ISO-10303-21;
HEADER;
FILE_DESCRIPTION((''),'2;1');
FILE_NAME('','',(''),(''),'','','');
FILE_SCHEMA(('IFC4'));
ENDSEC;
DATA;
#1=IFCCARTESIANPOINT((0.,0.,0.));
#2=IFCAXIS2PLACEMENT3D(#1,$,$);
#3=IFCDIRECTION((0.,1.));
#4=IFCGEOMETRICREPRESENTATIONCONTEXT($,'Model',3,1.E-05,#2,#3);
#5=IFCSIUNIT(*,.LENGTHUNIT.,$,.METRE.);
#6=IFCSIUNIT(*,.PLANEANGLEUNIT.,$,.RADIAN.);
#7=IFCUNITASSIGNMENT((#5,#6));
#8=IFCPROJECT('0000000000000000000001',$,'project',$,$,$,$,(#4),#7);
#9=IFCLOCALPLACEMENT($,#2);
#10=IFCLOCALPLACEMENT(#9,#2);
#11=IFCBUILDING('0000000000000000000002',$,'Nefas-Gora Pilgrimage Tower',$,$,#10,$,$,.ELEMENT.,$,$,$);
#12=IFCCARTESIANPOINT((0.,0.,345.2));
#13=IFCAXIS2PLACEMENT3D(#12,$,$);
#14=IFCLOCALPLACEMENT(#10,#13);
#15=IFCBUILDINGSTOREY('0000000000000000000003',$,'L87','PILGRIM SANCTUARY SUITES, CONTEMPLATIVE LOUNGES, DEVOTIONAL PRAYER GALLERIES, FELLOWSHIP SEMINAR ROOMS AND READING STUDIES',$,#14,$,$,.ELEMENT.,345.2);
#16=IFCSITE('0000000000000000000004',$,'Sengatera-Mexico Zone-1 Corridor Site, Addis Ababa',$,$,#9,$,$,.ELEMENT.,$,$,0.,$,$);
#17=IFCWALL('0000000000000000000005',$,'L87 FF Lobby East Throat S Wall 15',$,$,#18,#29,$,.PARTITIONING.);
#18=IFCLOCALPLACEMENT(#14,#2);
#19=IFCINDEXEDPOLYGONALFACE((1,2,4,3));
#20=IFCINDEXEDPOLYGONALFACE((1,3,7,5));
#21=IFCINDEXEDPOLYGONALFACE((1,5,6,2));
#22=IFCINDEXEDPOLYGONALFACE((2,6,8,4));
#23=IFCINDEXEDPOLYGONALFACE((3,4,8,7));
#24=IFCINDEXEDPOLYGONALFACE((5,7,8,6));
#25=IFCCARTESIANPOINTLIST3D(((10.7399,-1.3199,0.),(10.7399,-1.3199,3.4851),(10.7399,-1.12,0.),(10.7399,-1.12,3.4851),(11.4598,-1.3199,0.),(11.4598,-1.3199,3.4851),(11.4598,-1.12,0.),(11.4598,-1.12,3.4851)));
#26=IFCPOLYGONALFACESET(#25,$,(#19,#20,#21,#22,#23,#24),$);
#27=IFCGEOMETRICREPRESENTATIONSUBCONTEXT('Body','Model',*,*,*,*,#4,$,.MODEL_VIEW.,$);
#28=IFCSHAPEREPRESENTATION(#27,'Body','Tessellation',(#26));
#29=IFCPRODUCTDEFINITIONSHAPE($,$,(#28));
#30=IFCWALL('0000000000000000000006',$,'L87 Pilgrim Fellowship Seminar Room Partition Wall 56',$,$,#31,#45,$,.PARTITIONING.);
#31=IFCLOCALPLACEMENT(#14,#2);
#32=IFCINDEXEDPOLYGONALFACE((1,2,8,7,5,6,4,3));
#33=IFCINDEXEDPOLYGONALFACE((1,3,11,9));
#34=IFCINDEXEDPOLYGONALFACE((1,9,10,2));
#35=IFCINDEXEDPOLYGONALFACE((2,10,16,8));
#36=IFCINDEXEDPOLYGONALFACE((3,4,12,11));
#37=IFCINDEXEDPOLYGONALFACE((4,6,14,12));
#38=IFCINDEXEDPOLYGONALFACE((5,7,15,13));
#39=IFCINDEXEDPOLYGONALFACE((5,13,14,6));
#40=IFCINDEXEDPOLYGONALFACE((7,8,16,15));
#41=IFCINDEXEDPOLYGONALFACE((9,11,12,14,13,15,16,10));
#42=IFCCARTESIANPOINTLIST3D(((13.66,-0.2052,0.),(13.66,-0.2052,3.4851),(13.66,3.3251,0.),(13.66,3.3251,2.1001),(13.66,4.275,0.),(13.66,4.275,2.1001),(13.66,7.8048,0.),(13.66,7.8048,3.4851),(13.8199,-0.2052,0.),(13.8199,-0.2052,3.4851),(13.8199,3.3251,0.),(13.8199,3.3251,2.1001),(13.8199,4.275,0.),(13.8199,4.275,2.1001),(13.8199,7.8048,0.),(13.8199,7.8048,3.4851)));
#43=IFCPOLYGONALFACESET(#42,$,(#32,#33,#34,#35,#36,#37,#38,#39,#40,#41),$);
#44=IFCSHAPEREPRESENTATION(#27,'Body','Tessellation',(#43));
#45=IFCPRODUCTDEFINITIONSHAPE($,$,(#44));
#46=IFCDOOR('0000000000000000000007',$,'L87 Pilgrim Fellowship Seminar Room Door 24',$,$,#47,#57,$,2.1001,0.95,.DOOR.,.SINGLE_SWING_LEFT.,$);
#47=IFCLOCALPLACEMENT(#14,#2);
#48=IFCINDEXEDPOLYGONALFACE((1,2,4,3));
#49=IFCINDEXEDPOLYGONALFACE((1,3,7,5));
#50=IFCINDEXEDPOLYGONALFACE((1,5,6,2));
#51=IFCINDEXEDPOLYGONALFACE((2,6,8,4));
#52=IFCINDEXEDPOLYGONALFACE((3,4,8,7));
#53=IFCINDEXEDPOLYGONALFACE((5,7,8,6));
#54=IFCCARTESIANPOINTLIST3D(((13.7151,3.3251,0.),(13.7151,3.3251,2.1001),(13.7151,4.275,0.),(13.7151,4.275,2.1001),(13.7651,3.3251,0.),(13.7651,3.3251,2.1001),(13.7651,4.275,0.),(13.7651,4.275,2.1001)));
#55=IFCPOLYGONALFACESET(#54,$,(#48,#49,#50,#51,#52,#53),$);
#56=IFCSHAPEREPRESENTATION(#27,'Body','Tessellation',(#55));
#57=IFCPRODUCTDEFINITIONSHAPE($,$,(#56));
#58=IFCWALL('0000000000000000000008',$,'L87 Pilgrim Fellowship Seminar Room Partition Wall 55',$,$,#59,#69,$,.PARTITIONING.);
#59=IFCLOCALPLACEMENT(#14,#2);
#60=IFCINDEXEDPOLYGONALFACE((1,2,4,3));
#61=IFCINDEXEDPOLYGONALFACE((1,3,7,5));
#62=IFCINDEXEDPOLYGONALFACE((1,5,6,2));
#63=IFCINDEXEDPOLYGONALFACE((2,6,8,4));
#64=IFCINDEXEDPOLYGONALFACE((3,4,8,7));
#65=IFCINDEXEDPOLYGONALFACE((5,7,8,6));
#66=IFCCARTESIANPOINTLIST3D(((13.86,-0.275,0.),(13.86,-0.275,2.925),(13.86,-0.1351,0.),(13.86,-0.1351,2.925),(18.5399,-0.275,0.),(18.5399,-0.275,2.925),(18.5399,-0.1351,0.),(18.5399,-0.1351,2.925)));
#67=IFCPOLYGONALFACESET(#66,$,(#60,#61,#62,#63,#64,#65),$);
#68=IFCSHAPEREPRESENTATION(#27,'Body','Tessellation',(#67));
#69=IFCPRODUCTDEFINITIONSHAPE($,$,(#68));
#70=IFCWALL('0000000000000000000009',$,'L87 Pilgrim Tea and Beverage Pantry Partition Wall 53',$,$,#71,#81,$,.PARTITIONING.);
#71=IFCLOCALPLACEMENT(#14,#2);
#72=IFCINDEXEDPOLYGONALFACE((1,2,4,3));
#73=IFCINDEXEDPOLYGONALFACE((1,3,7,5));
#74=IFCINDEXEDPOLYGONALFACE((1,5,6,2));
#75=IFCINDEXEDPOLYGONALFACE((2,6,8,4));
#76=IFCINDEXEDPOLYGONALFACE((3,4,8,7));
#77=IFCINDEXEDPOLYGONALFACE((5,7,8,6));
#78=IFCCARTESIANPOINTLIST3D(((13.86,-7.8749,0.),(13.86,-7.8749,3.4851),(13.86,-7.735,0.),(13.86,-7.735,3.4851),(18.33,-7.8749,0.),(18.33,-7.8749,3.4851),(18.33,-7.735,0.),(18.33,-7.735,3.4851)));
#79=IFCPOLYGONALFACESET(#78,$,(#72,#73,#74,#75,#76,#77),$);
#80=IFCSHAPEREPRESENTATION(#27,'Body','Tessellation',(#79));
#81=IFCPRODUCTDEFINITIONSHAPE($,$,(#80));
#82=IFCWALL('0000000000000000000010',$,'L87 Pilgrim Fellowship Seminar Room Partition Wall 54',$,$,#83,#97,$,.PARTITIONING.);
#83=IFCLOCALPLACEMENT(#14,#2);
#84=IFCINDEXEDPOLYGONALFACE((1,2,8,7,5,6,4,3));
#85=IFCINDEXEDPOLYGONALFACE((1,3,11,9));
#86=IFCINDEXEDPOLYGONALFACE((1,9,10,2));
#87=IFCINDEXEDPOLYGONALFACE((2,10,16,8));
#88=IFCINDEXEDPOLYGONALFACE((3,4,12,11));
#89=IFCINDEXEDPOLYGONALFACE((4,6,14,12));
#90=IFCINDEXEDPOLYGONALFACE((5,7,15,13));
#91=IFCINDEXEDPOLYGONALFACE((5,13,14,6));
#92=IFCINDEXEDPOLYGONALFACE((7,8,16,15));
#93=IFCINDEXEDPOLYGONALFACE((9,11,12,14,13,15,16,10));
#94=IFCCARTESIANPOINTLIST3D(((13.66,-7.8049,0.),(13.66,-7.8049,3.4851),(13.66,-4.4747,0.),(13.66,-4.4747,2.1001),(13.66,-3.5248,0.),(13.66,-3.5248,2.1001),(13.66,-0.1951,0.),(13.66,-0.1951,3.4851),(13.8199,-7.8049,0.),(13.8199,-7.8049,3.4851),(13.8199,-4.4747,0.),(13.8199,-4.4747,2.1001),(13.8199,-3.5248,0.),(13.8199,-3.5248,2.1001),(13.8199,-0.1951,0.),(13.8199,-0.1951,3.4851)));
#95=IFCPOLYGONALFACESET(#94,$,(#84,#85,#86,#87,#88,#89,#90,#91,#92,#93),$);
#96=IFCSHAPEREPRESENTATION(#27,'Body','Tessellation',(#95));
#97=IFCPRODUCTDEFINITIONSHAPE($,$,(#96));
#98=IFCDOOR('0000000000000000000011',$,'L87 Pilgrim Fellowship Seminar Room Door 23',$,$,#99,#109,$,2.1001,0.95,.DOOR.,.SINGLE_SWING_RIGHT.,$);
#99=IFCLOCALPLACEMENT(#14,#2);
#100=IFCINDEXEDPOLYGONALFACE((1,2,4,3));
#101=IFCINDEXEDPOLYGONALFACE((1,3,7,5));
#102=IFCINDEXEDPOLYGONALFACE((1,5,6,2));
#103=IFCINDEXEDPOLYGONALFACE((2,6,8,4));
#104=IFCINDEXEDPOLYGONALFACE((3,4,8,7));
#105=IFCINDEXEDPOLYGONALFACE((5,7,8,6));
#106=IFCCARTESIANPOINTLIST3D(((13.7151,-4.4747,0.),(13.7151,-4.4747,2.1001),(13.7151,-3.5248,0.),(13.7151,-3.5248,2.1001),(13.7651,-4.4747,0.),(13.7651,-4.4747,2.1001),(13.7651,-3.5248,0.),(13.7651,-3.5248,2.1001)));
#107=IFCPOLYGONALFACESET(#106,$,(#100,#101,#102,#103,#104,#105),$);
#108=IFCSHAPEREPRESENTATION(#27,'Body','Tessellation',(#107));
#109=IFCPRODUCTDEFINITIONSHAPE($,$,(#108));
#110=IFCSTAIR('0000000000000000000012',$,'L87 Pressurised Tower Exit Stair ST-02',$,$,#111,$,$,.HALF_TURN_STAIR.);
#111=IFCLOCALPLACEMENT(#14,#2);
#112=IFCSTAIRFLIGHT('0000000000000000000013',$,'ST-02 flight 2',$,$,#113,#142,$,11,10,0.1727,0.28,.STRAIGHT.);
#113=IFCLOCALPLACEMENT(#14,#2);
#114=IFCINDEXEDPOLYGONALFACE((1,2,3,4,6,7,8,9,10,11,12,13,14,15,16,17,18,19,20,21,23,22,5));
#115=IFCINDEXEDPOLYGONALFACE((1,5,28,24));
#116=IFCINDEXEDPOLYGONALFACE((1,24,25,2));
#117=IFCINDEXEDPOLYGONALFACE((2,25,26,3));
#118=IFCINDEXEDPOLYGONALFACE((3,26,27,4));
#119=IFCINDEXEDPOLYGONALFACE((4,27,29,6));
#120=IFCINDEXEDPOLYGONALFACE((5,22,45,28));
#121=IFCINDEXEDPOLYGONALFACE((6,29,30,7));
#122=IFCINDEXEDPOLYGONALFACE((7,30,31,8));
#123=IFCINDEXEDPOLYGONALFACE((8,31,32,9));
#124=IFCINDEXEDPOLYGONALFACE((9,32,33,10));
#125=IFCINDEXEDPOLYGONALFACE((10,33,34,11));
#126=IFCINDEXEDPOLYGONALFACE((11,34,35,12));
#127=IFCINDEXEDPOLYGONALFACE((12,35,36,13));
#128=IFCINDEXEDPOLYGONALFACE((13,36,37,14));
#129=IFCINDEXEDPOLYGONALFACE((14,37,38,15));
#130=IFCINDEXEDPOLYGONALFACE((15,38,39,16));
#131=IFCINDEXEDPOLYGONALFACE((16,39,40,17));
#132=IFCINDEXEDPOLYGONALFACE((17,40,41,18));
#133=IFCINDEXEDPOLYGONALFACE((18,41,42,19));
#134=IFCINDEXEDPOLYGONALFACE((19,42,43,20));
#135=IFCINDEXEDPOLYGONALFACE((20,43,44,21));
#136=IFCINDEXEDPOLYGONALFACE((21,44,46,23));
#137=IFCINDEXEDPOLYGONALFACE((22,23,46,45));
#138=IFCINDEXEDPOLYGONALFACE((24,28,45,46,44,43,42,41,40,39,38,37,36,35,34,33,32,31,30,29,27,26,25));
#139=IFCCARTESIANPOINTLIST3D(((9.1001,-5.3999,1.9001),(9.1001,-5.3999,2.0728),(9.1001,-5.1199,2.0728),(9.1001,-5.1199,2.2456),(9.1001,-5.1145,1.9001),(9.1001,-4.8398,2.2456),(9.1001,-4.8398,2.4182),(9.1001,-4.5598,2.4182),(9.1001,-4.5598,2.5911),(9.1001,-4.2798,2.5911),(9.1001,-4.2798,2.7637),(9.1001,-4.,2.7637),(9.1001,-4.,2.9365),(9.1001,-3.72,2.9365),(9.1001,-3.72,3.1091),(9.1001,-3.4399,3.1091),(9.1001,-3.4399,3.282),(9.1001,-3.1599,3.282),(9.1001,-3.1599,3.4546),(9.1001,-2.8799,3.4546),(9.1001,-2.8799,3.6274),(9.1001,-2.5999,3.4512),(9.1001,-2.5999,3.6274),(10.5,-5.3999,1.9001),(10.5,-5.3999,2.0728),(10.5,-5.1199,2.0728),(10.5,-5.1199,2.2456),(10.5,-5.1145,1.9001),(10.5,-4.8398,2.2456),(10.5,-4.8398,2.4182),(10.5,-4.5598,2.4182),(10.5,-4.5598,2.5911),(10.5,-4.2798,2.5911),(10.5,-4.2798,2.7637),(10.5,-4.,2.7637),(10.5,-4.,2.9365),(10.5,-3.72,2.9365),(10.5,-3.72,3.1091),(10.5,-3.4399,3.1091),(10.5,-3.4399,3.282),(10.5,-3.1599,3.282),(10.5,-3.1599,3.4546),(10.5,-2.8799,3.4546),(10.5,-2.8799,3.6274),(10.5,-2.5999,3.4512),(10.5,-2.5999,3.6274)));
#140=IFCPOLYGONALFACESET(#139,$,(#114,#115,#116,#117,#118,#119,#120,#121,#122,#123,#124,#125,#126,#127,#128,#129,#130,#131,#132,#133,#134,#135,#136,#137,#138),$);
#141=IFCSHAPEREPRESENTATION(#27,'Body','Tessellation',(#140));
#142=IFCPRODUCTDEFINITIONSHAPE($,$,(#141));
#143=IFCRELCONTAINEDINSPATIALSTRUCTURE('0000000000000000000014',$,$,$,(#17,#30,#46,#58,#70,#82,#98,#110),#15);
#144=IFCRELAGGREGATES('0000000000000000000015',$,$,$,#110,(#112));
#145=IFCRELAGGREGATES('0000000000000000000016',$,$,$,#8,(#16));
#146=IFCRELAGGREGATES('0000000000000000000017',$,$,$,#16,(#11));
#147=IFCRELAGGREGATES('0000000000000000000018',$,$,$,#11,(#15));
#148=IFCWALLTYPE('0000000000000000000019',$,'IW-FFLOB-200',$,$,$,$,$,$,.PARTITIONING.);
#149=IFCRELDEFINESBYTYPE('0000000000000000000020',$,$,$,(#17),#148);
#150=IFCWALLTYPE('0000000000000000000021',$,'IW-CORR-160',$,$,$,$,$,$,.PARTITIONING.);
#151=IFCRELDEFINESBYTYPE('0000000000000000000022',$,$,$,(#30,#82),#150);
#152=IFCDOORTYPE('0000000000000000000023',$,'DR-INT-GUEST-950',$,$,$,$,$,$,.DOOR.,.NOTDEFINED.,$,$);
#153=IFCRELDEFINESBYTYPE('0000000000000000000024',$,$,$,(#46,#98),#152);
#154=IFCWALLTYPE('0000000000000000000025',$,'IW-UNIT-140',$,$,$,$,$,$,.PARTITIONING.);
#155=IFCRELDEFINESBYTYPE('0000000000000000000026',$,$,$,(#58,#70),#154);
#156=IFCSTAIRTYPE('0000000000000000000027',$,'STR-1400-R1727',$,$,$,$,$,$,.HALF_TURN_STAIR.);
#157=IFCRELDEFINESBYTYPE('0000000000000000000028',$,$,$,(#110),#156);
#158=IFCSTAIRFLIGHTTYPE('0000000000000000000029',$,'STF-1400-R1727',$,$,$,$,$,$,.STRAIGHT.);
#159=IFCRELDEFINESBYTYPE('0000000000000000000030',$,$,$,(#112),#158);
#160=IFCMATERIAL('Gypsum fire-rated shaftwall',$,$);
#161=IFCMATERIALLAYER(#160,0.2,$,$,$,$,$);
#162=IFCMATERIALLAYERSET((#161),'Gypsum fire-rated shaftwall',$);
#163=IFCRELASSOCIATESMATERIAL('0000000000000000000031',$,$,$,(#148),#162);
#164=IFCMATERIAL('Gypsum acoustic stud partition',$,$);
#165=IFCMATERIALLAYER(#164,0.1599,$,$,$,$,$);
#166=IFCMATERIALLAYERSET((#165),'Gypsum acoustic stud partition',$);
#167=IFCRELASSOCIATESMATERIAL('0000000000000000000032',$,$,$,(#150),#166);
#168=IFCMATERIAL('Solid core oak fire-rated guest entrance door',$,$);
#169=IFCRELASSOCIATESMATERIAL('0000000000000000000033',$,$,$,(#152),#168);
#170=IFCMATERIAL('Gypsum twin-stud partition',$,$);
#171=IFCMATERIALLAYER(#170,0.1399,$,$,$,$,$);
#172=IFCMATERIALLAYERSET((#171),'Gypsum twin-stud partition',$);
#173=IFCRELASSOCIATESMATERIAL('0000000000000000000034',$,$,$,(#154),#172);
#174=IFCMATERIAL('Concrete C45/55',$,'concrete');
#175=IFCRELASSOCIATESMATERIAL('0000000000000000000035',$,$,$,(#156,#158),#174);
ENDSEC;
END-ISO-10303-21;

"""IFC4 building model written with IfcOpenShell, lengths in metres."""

from ifc_helpers import new_model, si_unit, direction, frame, frame_2d, origin, place, context, subcontext, project, spatial, polyline, rectangle, outline, extrude, source, transform, mapped, material, layer, layer_set, type_object, element, fill, aggregate, save


model = new_model("IFC4")

# Units and contexts
model_context = context("Model", 3, precision=1e-05, world=origin(), true_north=direction((0.0, 1.0)))
body_context = subcontext(model_context, "Body", "Model", "MODEL_VIEW")
ifc_project = project(units=[si_unit("LENGTHUNIT", "METRE"), si_unit("PLANEANGLEUNIT", "RADIAN")], contexts=[model_context])

# Site, building, storey
site_placement = place(None, origin())
site = spatial("IfcSite", under=ifc_project, at=site_placement, Name="Sengatera-Mexico Zone-1 Corridor Site, Addis Ababa", CompositionType="ELEMENT", RefElevation=0.0)
building_placement = place(site_placement, origin())
building = spatial("IfcBuilding", under=site, at=building_placement, Name="Nefas-Gora Pilgrimage Tower", CompositionType="ELEMENT")
storey_placement = place(building_placement, frame((0.0, 0.0, 345.2)))
storey = spatial("IfcBuildingStorey", under=building, at=storey_placement, Name="L87", Description="PILGRIM SANCTUARY SUITES, CONTEMPLATIVE LOUNGES, DEVOTIONAL PRAYER GALLERIES, FELLOWSHIP SEMINAR ROOMS AND READING STUDIES", CompositionType="ELEMENT", Elevation=345.2)

# Wall
ifc_material_1 = material(Name="Concrete C45/55", Category="concrete")
ifc_material_2 = material(Name="Gypsum fire-rated shaftwall")
ifc_layer_1 = layer(ifc_material_2, 0.2)
ifc_layer_set_1 = layer_set([ifc_layer_1], Name="Gypsum fire-rated shaftwall")
wall_type_1 = type_object("IfcWallType", Name="IW-FFLOB-200", PredefinedType="PARTITIONING", material=ifc_layer_set_1)
shared_shape_1 = source(origin(), body_context, "Body", "SweptSolid", [
    extrude(rectangle(XDim=0.72, YDim=0.2, at=frame_2d((0.3599, 0.0))), origin(), (0.0, 0.0, 1.0), 3.4851),
])
wall_1_placement = place(storey_placement, frame((10.74, -1.22, 0.0), z_axis=(0.0, 0.0, 1.0), x_axis=(1.0, 0.0, 0.0)))
element("IfcWall", 1, at=wall_1_placement, inside=storey, type_object=wall_type_1, Name="L87 FF Lobby East Throat S Wall 15", PredefinedType="PARTITIONING", context=body_context, shape_type="MappedRepresentation", body=[
    mapped(shared_shape_1, transform((0.0, 0.0, 0.0), x_axis=(1.0, 0.0, 0.0), y_axis=(0.0, 1.0, 0.0), z_axis=(0.0, 0.0, 1.0), scale=1.0)),
])

# Wall, opening, door
ifc_material_3 = material(Name="Gypsum acoustic stud partition")
ifc_layer_2 = layer(ifc_material_3, 0.1599)
ifc_layer_set_2 = layer_set([ifc_layer_2], Name="Gypsum acoustic stud partition")
wall_type_2 = type_object("IfcWallType", Name="IW-CORR-160", PredefinedType="PARTITIONING", material=ifc_layer_set_2)
shared_shape_2 = source(origin(), body_context, "Body", "SweptSolid", [
    extrude(rectangle(XDim=8.01, YDim=0.1599, at=frame_2d((4.0049, 0.0))), origin(), (0.0, 0.0, 1.0), 3.4851),
])
wall_2_placement = place(storey_placement, frame((13.74, -0.2051, 0.0), z_axis=(0.0, 0.0, 1.0), x_axis=(0.0, 1.0, 0.0)))
wall_2 = element("IfcWall", 2, at=wall_2_placement, inside=storey, type_object=wall_type_2, Name="L87 Pilgrim Fellowship Seminar Room Partition Wall 56", PredefinedType="PARTITIONING", context=body_context, shape_type="MappedRepresentation", body=[
    mapped(shared_shape_2, transform((0.0, 0.0, 0.0), x_axis=(1.0, 0.0, 0.0), y_axis=(0.0, 1.0, 0.0), z_axis=(0.0, 0.0, 1.0), scale=1.0)),
])
opening_1_placement = place(wall_2_placement, frame((3.53, 0.0, 0.0)))
opening_1 = element("IfcOpeningElement", 3, at=opening_1_placement, cuts=wall_2, PredefinedType="OPENING", context=body_context, shape_type="SweptSolid", body=[
    extrude(rectangle(XDim=0.95, YDim=2.1001, at=frame_2d((0.4751, 1.05))), frame((0.0, 0.0898, 0.0), z_axis=(0.0, -1.0, 0.0), x_axis=(1.0, 0.0, 0.0)), (0.0, 0.0, 1.0), 0.1799),
])
ifc_material_4 = material(Name="Solid core oak fire-rated guest entrance door")
door_type_1 = type_object("IfcDoorType", Name="DR-INT-GUEST-950", OperationType="NOTDEFINED", PredefinedType="DOOR", material=ifc_material_4)
shared_shape_3 = source(origin(), body_context, "Body", "SweptSolid", [
    extrude(rectangle(XDim=0.95, YDim=2.1001, at=frame_2d((0.4751, 1.05))), frame((0.0, 0.0249, 0.0), z_axis=(0.0, -1.0, 0.0), x_axis=(1.0, 0.0, 0.0)), (0.0, 0.0, 1.0), 0.05),
])
door_1_placement = place(opening_1_placement, origin())
door_1 = element("IfcDoor", 4, at=door_1_placement, inside=storey, type_object=door_type_1, Name="L87 Pilgrim Fellowship Seminar Room Door 24", OperationType="SINGLE_SWING_LEFT", OverallHeight=2.1001, OverallWidth=0.95, PredefinedType="DOOR", context=body_context, shape_type="MappedRepresentation", body=[
    mapped(shared_shape_3, transform((0.0, 0.0, 0.0), x_axis=(1.0, 0.0, 0.0), y_axis=(0.0, 1.0, 0.0), z_axis=(0.0, 0.0, 1.0), scale=1.0)),
])
fill(opening_1, door_1)

# Walls
ifc_material_5 = material(Name="Gypsum twin-stud partition")
ifc_layer_3 = layer(ifc_material_5, 0.1399)
ifc_layer_set_3 = layer_set([ifc_layer_3], Name="Gypsum twin-stud partition")
wall_type_3 = type_object("IfcWallType", Name="IW-UNIT-140", PredefinedType="PARTITIONING", material=ifc_layer_set_3)
shared_shape_4 = source(origin(), body_context, "Body", "SweptSolid", [
    extrude(rectangle(XDim=4.6799, YDim=0.1399, at=frame_2d((2.3398, 0.0))), origin(), (0.0, 0.0, 1.0), 2.925),
])
wall_3_placement = place(storey_placement, frame((13.8601, -0.2051, 0.0), z_axis=(0.0, 0.0, 1.0), x_axis=(1.0, 0.0, 0.0)))
element("IfcWall", 5, at=wall_3_placement, inside=storey, type_object=wall_type_3, Name="L87 Pilgrim Fellowship Seminar Room Partition Wall 55", PredefinedType="PARTITIONING", context=body_context, shape_type="MappedRepresentation", body=[
    mapped(shared_shape_4, transform((0.0, 0.0, 0.0), x_axis=(1.0, 0.0, 0.0), y_axis=(0.0, 1.0, 0.0), z_axis=(0.0, 0.0, 1.0), scale=1.0)),
])
shared_shape_5 = source(origin(), body_context, "Body", "SweptSolid", [
    extrude(rectangle(XDim=4.47, YDim=0.1399, at=frame_2d((2.2349, 0.0))), origin(), (0.0, 0.0, 1.0), 3.4851),
])
wall_4_placement = place(storey_placement, frame((13.8601, -7.8049, 0.0), z_axis=(0.0, 0.0, 1.0), x_axis=(1.0, 0.0, 0.0)))
element("IfcWall", 6, at=wall_4_placement, inside=storey, type_object=wall_type_3, Name="L87 Pilgrim Tea and Beverage Pantry Partition Wall 53", PredefinedType="PARTITIONING", context=body_context, shape_type="MappedRepresentation", body=[
    mapped(shared_shape_5, transform((0.0, 0.0, 0.0), x_axis=(1.0, 0.0, 0.0), y_axis=(0.0, 1.0, 0.0), z_axis=(0.0, 0.0, 1.0), scale=1.0)),
])

# Wall, opening, door
shared_shape_6 = source(origin(), body_context, "Body", "SweptSolid", [
    extrude(rectangle(XDim=7.6099, YDim=0.1599, at=frame_2d((3.8049, 0.0))), origin(), (0.0, 0.0, 1.0), 3.4851),
])
wall_5_placement = place(storey_placement, frame((13.74, -7.8049, 0.0), z_axis=(0.0, 0.0, 1.0), x_axis=(0.0, 1.0, 0.0)))
wall_5 = element("IfcWall", 7, at=wall_5_placement, inside=storey, type_object=wall_type_2, Name="L87 Pilgrim Fellowship Seminar Room Partition Wall 54", PredefinedType="PARTITIONING", context=body_context, shape_type="MappedRepresentation", body=[
    mapped(shared_shape_6, transform((0.0, 0.0, 0.0), x_axis=(1.0, 0.0, 0.0), y_axis=(0.0, 1.0, 0.0), z_axis=(0.0, 0.0, 1.0), scale=1.0)),
])
opening_2_placement = place(wall_5_placement, frame((3.3301, 0.0, 0.0)))
opening_2 = element("IfcOpeningElement", 8, at=opening_2_placement, cuts=wall_5, PredefinedType="OPENING", context=body_context, shape_type="SweptSolid", body=[
    extrude(rectangle(XDim=0.95, YDim=2.1001, at=frame_2d((0.4751, 1.05))), frame((0.0, 0.0898, 0.0), z_axis=(0.0, -1.0, 0.0), x_axis=(1.0, 0.0, 0.0)), (0.0, 0.0, 1.0), 0.1799),
])
door_2_placement = place(opening_2_placement, origin())
door_2 = element("IfcDoor", 9, at=door_2_placement, inside=storey, type_object=door_type_1, Name="L87 Pilgrim Fellowship Seminar Room Door 23", OperationType="SINGLE_SWING_RIGHT", OverallHeight=2.1001, OverallWidth=0.95, PredefinedType="DOOR", context=body_context, shape_type="MappedRepresentation", body=[
    mapped(shared_shape_3, transform((0.0, 0.0, 0.0), x_axis=(1.0, 0.0, 0.0), y_axis=(0.0, 1.0, 0.0), z_axis=(0.0, 0.0, 1.0), scale=1.0)),
])
fill(opening_2, door_2)

# Stair, stair flight
stair_type = type_object("IfcStairType", Name="STR-1400-R1727", PredefinedType="HALF_TURN_STAIR", material=ifc_material_1)
stair_placement = place(storey_placement, origin())
stair = element("IfcStair", 10, at=stair_placement, inside=storey, type_object=stair_type, Name="L87 Pressurised Tower Exit Stair ST-02", PredefinedType="HALF_TURN_STAIR")
stair_flight_type = type_object("IfcStairFlightType", Name="STF-1400-R1727", PredefinedType="STRAIGHT", material=ifc_material_1)
shared_shape_7 = source(origin(), body_context, "Body", "SweptSolid", [
    extrude(outline(polyline([(0.0, 0.0), (0.0, 0.1726), (0.28, 0.1726), (0.28, 0.3455), (0.5601, 0.3455), (0.5601, 0.5181), (0.8401, 0.5181), (0.8401, 0.6909), (1.1201, 0.6909), (1.1201, 0.8635), (1.3999, 0.8635), (1.3999, 1.0364), (1.6799, 1.0364), (1.6799, 1.209), (1.96, 1.209), (1.96, 1.3818), (2.24, 1.3818), (2.24, 1.5544), (2.52, 1.5544), (2.52, 1.7273), (2.8, 1.7273), (2.8, 1.8999), (2.8, 1.551), (0.2854, 0.0), (0.0, 0.0)])), frame((0.0, 0.7, 0.0), z_axis=(0.0, -1.0, 0.0), x_axis=(1.0, 0.0, 0.0)), (0.0, 0.0, 1.0), 1.3999),
])
stair_flight_placement = place(storey_placement, frame((9.8, -5.3999, 1.9001), z_axis=(0.0, 0.0, 1.0), x_axis=(0.0, 1.0, 0.0)))
stair_flight = element("IfcStairFlight", 11, at=stair_flight_placement, type_object=stair_flight_type, Name="ST-02 flight 2", NumberOfRisers=11, NumberOfTreads=10, PredefinedType="STRAIGHT", RiserHeight=0.1727, TreadLength=0.28, context=body_context, shape_type="MappedRepresentation", body=[
    mapped(shared_shape_7, transform((0.0, 0.0, 0.0), x_axis=(1.0, 0.0, 0.0), y_axis=(0.0, 1.0, 0.0), z_axis=(0.0, 0.0, 1.0), scale=1.0)),
])
aggregate(stair, [stair_flight])

save(model, "model.ifc")
